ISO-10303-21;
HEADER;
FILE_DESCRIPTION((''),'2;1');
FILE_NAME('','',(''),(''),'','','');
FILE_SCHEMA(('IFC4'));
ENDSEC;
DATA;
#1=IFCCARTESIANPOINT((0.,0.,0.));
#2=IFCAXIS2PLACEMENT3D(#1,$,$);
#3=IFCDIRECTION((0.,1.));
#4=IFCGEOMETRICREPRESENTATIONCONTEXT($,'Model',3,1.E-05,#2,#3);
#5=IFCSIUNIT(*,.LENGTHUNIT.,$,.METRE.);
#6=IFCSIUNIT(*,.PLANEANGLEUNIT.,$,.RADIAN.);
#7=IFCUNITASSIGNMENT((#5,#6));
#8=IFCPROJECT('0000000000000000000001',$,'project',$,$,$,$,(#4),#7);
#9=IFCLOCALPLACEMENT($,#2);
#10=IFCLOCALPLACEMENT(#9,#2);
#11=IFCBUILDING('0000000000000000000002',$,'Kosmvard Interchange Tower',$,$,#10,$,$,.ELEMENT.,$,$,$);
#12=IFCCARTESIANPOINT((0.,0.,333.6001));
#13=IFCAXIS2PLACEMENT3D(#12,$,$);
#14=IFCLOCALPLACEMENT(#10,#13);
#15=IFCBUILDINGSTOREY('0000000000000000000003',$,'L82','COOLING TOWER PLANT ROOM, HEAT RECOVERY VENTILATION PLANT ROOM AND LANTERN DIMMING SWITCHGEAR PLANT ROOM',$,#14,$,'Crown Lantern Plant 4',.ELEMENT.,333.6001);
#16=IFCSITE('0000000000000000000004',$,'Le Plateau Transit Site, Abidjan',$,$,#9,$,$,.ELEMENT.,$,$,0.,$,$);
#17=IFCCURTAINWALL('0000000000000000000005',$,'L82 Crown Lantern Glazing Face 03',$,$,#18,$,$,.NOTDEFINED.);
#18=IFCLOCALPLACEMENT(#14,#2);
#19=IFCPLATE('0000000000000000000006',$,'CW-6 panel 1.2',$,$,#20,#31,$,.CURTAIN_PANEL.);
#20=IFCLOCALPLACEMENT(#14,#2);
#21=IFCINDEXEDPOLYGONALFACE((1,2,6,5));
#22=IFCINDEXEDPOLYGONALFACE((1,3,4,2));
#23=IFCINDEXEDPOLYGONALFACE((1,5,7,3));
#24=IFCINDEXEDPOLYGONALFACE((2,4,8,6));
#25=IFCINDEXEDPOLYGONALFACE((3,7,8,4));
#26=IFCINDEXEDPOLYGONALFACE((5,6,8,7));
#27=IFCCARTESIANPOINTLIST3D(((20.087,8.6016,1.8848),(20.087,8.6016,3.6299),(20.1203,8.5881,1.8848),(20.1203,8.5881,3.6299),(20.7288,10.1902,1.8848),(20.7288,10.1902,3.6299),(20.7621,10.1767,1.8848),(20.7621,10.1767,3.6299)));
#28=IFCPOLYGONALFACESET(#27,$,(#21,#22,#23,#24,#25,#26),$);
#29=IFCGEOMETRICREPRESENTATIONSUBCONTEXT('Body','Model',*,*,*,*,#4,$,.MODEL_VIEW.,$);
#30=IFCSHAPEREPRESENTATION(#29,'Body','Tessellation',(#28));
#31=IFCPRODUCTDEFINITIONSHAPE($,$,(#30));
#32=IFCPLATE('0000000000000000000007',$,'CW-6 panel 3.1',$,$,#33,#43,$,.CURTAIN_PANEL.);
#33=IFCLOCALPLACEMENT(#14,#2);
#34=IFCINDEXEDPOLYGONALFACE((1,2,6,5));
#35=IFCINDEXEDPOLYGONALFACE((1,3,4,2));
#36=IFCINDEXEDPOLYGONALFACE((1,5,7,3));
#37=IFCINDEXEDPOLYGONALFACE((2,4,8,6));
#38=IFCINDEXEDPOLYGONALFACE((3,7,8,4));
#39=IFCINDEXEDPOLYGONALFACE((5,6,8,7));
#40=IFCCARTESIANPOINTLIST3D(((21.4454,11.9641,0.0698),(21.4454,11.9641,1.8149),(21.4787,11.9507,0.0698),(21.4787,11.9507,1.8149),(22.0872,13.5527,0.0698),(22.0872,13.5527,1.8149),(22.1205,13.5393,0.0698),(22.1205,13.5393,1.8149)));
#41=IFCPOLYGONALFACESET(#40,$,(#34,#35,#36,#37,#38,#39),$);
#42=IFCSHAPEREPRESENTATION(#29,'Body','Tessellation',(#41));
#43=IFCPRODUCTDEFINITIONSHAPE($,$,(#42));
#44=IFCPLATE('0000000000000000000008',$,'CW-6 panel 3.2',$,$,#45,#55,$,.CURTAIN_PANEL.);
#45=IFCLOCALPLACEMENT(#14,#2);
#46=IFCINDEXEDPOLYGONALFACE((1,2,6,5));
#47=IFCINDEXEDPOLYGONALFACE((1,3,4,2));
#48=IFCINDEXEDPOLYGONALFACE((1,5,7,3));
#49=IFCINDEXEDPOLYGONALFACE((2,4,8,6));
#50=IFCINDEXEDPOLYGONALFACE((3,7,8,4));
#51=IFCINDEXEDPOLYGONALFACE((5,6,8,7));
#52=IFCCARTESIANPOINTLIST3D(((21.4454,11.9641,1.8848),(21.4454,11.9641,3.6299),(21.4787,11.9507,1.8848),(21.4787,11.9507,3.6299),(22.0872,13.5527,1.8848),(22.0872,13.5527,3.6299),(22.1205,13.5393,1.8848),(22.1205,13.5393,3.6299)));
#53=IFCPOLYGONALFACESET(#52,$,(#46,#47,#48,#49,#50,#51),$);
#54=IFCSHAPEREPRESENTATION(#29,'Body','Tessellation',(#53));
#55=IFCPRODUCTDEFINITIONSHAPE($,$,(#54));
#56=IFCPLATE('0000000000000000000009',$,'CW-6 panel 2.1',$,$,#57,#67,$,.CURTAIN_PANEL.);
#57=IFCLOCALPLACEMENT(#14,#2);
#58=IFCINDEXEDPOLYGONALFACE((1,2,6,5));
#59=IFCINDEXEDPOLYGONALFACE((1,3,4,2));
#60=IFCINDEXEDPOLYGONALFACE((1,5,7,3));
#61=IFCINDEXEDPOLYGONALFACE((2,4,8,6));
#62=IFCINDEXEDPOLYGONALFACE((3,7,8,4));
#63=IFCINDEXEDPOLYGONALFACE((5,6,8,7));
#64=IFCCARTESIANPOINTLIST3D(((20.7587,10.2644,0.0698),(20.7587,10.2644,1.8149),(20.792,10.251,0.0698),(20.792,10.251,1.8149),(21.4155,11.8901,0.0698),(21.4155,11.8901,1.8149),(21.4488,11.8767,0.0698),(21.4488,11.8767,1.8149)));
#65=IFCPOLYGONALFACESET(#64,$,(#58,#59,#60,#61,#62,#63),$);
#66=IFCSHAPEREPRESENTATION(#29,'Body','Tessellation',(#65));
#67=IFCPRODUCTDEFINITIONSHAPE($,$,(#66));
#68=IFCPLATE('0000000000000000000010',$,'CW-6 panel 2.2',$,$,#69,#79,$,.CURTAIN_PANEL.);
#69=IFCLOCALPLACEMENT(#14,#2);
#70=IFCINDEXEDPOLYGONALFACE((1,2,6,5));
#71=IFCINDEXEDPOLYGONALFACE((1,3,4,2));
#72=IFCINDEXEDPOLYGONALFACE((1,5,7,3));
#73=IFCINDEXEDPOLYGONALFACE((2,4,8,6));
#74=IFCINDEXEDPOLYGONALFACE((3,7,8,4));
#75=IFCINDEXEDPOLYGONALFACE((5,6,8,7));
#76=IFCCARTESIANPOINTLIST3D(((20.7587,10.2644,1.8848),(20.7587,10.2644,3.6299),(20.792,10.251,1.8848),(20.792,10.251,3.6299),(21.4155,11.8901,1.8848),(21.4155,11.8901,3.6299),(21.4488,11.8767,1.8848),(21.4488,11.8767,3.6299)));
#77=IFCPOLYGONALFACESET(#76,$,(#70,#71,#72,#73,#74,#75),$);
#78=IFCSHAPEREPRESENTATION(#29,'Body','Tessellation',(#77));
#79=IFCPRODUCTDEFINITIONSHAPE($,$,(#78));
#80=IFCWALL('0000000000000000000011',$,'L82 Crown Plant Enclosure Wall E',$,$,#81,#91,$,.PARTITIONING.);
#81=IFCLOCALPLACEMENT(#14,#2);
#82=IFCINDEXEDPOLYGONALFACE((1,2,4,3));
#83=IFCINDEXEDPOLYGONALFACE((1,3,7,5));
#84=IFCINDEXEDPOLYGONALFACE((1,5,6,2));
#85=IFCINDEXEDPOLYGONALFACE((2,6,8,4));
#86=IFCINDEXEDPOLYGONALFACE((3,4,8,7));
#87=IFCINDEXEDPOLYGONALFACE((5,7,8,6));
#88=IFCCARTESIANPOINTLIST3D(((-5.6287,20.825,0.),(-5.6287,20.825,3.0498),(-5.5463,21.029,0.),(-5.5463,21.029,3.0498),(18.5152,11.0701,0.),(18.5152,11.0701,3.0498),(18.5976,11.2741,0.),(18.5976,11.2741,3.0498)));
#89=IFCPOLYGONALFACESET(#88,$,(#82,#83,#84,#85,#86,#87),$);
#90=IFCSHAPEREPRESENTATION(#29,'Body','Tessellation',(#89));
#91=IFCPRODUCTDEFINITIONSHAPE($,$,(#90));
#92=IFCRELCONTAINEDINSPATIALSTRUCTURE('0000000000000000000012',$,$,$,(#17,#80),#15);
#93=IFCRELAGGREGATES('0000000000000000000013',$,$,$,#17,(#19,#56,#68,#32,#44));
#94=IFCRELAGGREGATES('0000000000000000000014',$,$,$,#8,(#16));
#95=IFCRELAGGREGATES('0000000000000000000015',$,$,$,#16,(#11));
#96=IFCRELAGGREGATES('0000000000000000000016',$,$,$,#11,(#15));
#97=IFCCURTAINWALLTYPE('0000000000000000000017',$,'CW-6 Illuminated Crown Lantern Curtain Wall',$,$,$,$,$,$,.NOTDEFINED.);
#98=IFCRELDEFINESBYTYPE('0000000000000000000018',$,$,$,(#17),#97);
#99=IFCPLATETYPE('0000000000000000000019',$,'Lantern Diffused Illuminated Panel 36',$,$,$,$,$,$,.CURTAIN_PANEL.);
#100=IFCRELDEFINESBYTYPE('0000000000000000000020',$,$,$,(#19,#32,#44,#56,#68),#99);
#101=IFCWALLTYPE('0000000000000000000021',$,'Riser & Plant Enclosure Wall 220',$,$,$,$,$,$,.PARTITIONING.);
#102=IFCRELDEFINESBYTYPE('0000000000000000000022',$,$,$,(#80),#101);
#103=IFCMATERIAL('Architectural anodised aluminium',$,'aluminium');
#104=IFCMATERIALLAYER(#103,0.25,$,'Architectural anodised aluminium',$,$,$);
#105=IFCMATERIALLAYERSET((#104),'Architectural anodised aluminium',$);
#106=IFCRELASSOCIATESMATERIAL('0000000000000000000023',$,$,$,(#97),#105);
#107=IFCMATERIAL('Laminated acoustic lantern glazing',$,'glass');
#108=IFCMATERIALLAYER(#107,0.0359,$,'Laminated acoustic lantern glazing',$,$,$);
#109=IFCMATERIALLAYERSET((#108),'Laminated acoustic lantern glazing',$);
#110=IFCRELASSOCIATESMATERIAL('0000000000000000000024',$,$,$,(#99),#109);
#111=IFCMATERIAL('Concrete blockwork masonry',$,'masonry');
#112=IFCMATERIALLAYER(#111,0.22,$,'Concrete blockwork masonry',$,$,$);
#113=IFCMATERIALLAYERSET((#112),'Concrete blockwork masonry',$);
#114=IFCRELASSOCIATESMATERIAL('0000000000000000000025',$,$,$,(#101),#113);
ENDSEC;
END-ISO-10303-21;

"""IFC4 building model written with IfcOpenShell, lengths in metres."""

from ifc_helpers import new_model, si_unit, direction, frame, frame_2d, origin, origin_2d, place, context, subcontext, project, spatial, rectangle, extrude, source, transform, mapped, material, layer, layer_set, type_object, element, aggregate, save


model = new_model("IFC4")

# Units and contexts
model_context = context("Model", 3, precision=1e-05, world=origin(), true_north=direction((0.0, 1.0)))
body_context = subcontext(model_context, "Body", "Model", "MODEL_VIEW")
ifc_project = project(units=[si_unit("LENGTHUNIT", "METRE"), si_unit("PLANEANGLEUNIT", "RADIAN")], contexts=[model_context])

# Site, building, storey
site_placement = place(None, origin())
site = spatial("IfcSite", under=ifc_project, at=site_placement, Name="Le Plateau Transit Site, Abidjan", CompositionType="ELEMENT", RefElevation=0.0)
building_placement = place(site_placement, origin())
building = spatial("IfcBuilding", under=site, at=building_placement, Name="Kosmvard Interchange Tower", CompositionType="ELEMENT")
storey_placement = place(building_placement, frame((0.0, 0.0, 333.6001)))
storey = spatial("IfcBuildingStorey", under=building, at=storey_placement, Name="L82", Description="COOLING TOWER PLANT ROOM, HEAT RECOVERY VENTILATION PLANT ROOM AND LANTERN DIMMING SWITCHGEAR PLANT ROOM", LongName="Crown Lantern Plant 4", CompositionType="ELEMENT", Elevation=333.6001)

# Curtain wall
ifc_material_1 = material(Name="Architectural anodised aluminium", Category="aluminium")
ifc_layer_1 = layer(ifc_material_1, 0.25, Name="Architectural anodised aluminium")
ifc_layer_set_1 = layer_set([ifc_layer_1], Name="Architectural anodised aluminium")
curtain_wall_type = type_object("IfcCurtainWallType", Name="CW-6 Illuminated Crown Lantern Curtain Wall", PredefinedType="NOTDEFINED", material=ifc_layer_set_1)
curtain_wall_placement = place(storey_placement, origin())
curtain_wall = element("IfcCurtainWall", 1, at=curtain_wall_placement, inside=storey, type_object=curtain_wall_type, Name="L82 Crown Lantern Glazing Face 03", PredefinedType="NOTDEFINED")

# Plates
ifc_material_2 = material(Name="Laminated acoustic lantern glazing", Category="glass")
ifc_layer_2 = layer(ifc_material_2, 0.0359, Name="Laminated acoustic lantern glazing")
ifc_layer_set_2 = layer_set([ifc_layer_2], Name="Laminated acoustic lantern glazing")
plate_type_1 = type_object("IfcPlateType", Name="Lantern Diffused Illuminated Panel 36", PredefinedType="CURTAIN_PANEL", material=ifc_layer_set_2)
shared_shape_1 = source(origin(), body_context, "Body", "SweptSolid", [
    extrude(rectangle(XDim=1.7134, YDim=0.0359, at=origin_2d()), origin(), (0.0, 0.0, 1.0), 1.7451),
])
plate_1_placement = place(storey_placement, frame((20.4246, 9.3892, 1.8848), z_axis=(0.0, 0.0, 1.0), x_axis=(0.374607, 0.927184, 0.0)))
plate_1 = element("IfcPlate", 2, at=plate_1_placement, type_object=plate_type_1, Name="CW-6 panel 1.2", PredefinedType="CURTAIN_PANEL", context=body_context, shape_type="MappedRepresentation", body=[
    mapped(shared_shape_1, transform((0.0, 0.0, 0.0), scale=1.0)),
])
plate_2_placement = place(storey_placement, frame((21.783, 12.7517, 0.0698), z_axis=(0.0, 0.0, 1.0), x_axis=(0.374607, 0.927184, 0.0)))
plate_2 = element("IfcPlate", 3, at=plate_2_placement, type_object=plate_type_1, Name="CW-6 panel 3.1", PredefinedType="CURTAIN_PANEL", context=body_context, shape_type="MappedRepresentation", body=[
    mapped(shared_shape_1, transform((0.0, 0.0, 0.0), scale=1.0)),
])
plate_3_placement = place(storey_placement, frame((21.783, 12.7517, 1.8848), z_axis=(0.0, 0.0, 1.0), x_axis=(0.374607, 0.927184, 0.0)))
plate_3 = element("IfcPlate", 4, at=plate_3_placement, type_object=plate_type_1, Name="CW-6 panel 3.2", PredefinedType="CURTAIN_PANEL", context=body_context, shape_type="MappedRepresentation", body=[
    mapped(shared_shape_1, transform((0.0, 0.0, 0.0), scale=1.0)),
])
shared_shape_2 = source(origin(), body_context, "Body", "SweptSolid", [
    extrude(rectangle(XDim=1.7534, YDim=0.0359, at=origin_2d()), origin(), (0.0, 0.0, 1.0), 1.7451),
])
plate_4_placement = place(storey_placement, frame((21.1038, 11.0706, 0.0698), z_axis=(0.0, 0.0, 1.0), x_axis=(0.374607, 0.927184, 0.0)))
plate_4 = element("IfcPlate", 5, at=plate_4_placement, type_object=plate_type_1, Name="CW-6 panel 2.1", PredefinedType="CURTAIN_PANEL", context=body_context, shape_type="MappedRepresentation", body=[
    mapped(shared_shape_2, transform((0.0, 0.0, 0.0), scale=1.0)),
])
plate_5_placement = place(storey_placement, frame((21.1038, 11.0706, 1.8848), z_axis=(0.0, 0.0, 1.0), x_axis=(0.374607, 0.927184, 0.0)))
plate_5 = element("IfcPlate", 6, at=plate_5_placement, type_object=plate_type_1, Name="CW-6 panel 2.2", PredefinedType="CURTAIN_PANEL", context=body_context, shape_type="MappedRepresentation", body=[
    mapped(shared_shape_2, transform((0.0, 0.0, 0.0), scale=1.0)),
])
aggregate(curtain_wall, [plate_1, plate_4, plate_5, plate_2, plate_3])

# Wall
ifc_material_3 = material(Name="Concrete blockwork masonry", Category="masonry")
ifc_layer_3 = layer(ifc_material_3, 0.22, Name="Concrete blockwork masonry")
ifc_layer_set_3 = layer_set([ifc_layer_3], Name="Concrete blockwork masonry")
wall_type = type_object("IfcWallType", Name="Riser & Plant Enclosure Wall 220", PredefinedType="PARTITIONING", material=ifc_layer_set_3)
wall_placement = place(storey_placement, frame((18.5564, 11.1721, 0.0), z_axis=(0.0, 0.0, 1.0), x_axis=(-0.927182, 0.374612, 0.0)))
element("IfcWall", 7, at=wall_placement, inside=storey, type_object=wall_type, Name="L82 Crown Plant Enclosure Wall E", PredefinedType="PARTITIONING", context=body_context, shape_type="SweptSolid", body=[
    extrude(rectangle(XDim=26.04, YDim=0.22, at=frame_2d((13.02, 0.0))), origin(), (0.0, 0.0, 1.0), 3.0498),
])

save(model, "model.ifc")
